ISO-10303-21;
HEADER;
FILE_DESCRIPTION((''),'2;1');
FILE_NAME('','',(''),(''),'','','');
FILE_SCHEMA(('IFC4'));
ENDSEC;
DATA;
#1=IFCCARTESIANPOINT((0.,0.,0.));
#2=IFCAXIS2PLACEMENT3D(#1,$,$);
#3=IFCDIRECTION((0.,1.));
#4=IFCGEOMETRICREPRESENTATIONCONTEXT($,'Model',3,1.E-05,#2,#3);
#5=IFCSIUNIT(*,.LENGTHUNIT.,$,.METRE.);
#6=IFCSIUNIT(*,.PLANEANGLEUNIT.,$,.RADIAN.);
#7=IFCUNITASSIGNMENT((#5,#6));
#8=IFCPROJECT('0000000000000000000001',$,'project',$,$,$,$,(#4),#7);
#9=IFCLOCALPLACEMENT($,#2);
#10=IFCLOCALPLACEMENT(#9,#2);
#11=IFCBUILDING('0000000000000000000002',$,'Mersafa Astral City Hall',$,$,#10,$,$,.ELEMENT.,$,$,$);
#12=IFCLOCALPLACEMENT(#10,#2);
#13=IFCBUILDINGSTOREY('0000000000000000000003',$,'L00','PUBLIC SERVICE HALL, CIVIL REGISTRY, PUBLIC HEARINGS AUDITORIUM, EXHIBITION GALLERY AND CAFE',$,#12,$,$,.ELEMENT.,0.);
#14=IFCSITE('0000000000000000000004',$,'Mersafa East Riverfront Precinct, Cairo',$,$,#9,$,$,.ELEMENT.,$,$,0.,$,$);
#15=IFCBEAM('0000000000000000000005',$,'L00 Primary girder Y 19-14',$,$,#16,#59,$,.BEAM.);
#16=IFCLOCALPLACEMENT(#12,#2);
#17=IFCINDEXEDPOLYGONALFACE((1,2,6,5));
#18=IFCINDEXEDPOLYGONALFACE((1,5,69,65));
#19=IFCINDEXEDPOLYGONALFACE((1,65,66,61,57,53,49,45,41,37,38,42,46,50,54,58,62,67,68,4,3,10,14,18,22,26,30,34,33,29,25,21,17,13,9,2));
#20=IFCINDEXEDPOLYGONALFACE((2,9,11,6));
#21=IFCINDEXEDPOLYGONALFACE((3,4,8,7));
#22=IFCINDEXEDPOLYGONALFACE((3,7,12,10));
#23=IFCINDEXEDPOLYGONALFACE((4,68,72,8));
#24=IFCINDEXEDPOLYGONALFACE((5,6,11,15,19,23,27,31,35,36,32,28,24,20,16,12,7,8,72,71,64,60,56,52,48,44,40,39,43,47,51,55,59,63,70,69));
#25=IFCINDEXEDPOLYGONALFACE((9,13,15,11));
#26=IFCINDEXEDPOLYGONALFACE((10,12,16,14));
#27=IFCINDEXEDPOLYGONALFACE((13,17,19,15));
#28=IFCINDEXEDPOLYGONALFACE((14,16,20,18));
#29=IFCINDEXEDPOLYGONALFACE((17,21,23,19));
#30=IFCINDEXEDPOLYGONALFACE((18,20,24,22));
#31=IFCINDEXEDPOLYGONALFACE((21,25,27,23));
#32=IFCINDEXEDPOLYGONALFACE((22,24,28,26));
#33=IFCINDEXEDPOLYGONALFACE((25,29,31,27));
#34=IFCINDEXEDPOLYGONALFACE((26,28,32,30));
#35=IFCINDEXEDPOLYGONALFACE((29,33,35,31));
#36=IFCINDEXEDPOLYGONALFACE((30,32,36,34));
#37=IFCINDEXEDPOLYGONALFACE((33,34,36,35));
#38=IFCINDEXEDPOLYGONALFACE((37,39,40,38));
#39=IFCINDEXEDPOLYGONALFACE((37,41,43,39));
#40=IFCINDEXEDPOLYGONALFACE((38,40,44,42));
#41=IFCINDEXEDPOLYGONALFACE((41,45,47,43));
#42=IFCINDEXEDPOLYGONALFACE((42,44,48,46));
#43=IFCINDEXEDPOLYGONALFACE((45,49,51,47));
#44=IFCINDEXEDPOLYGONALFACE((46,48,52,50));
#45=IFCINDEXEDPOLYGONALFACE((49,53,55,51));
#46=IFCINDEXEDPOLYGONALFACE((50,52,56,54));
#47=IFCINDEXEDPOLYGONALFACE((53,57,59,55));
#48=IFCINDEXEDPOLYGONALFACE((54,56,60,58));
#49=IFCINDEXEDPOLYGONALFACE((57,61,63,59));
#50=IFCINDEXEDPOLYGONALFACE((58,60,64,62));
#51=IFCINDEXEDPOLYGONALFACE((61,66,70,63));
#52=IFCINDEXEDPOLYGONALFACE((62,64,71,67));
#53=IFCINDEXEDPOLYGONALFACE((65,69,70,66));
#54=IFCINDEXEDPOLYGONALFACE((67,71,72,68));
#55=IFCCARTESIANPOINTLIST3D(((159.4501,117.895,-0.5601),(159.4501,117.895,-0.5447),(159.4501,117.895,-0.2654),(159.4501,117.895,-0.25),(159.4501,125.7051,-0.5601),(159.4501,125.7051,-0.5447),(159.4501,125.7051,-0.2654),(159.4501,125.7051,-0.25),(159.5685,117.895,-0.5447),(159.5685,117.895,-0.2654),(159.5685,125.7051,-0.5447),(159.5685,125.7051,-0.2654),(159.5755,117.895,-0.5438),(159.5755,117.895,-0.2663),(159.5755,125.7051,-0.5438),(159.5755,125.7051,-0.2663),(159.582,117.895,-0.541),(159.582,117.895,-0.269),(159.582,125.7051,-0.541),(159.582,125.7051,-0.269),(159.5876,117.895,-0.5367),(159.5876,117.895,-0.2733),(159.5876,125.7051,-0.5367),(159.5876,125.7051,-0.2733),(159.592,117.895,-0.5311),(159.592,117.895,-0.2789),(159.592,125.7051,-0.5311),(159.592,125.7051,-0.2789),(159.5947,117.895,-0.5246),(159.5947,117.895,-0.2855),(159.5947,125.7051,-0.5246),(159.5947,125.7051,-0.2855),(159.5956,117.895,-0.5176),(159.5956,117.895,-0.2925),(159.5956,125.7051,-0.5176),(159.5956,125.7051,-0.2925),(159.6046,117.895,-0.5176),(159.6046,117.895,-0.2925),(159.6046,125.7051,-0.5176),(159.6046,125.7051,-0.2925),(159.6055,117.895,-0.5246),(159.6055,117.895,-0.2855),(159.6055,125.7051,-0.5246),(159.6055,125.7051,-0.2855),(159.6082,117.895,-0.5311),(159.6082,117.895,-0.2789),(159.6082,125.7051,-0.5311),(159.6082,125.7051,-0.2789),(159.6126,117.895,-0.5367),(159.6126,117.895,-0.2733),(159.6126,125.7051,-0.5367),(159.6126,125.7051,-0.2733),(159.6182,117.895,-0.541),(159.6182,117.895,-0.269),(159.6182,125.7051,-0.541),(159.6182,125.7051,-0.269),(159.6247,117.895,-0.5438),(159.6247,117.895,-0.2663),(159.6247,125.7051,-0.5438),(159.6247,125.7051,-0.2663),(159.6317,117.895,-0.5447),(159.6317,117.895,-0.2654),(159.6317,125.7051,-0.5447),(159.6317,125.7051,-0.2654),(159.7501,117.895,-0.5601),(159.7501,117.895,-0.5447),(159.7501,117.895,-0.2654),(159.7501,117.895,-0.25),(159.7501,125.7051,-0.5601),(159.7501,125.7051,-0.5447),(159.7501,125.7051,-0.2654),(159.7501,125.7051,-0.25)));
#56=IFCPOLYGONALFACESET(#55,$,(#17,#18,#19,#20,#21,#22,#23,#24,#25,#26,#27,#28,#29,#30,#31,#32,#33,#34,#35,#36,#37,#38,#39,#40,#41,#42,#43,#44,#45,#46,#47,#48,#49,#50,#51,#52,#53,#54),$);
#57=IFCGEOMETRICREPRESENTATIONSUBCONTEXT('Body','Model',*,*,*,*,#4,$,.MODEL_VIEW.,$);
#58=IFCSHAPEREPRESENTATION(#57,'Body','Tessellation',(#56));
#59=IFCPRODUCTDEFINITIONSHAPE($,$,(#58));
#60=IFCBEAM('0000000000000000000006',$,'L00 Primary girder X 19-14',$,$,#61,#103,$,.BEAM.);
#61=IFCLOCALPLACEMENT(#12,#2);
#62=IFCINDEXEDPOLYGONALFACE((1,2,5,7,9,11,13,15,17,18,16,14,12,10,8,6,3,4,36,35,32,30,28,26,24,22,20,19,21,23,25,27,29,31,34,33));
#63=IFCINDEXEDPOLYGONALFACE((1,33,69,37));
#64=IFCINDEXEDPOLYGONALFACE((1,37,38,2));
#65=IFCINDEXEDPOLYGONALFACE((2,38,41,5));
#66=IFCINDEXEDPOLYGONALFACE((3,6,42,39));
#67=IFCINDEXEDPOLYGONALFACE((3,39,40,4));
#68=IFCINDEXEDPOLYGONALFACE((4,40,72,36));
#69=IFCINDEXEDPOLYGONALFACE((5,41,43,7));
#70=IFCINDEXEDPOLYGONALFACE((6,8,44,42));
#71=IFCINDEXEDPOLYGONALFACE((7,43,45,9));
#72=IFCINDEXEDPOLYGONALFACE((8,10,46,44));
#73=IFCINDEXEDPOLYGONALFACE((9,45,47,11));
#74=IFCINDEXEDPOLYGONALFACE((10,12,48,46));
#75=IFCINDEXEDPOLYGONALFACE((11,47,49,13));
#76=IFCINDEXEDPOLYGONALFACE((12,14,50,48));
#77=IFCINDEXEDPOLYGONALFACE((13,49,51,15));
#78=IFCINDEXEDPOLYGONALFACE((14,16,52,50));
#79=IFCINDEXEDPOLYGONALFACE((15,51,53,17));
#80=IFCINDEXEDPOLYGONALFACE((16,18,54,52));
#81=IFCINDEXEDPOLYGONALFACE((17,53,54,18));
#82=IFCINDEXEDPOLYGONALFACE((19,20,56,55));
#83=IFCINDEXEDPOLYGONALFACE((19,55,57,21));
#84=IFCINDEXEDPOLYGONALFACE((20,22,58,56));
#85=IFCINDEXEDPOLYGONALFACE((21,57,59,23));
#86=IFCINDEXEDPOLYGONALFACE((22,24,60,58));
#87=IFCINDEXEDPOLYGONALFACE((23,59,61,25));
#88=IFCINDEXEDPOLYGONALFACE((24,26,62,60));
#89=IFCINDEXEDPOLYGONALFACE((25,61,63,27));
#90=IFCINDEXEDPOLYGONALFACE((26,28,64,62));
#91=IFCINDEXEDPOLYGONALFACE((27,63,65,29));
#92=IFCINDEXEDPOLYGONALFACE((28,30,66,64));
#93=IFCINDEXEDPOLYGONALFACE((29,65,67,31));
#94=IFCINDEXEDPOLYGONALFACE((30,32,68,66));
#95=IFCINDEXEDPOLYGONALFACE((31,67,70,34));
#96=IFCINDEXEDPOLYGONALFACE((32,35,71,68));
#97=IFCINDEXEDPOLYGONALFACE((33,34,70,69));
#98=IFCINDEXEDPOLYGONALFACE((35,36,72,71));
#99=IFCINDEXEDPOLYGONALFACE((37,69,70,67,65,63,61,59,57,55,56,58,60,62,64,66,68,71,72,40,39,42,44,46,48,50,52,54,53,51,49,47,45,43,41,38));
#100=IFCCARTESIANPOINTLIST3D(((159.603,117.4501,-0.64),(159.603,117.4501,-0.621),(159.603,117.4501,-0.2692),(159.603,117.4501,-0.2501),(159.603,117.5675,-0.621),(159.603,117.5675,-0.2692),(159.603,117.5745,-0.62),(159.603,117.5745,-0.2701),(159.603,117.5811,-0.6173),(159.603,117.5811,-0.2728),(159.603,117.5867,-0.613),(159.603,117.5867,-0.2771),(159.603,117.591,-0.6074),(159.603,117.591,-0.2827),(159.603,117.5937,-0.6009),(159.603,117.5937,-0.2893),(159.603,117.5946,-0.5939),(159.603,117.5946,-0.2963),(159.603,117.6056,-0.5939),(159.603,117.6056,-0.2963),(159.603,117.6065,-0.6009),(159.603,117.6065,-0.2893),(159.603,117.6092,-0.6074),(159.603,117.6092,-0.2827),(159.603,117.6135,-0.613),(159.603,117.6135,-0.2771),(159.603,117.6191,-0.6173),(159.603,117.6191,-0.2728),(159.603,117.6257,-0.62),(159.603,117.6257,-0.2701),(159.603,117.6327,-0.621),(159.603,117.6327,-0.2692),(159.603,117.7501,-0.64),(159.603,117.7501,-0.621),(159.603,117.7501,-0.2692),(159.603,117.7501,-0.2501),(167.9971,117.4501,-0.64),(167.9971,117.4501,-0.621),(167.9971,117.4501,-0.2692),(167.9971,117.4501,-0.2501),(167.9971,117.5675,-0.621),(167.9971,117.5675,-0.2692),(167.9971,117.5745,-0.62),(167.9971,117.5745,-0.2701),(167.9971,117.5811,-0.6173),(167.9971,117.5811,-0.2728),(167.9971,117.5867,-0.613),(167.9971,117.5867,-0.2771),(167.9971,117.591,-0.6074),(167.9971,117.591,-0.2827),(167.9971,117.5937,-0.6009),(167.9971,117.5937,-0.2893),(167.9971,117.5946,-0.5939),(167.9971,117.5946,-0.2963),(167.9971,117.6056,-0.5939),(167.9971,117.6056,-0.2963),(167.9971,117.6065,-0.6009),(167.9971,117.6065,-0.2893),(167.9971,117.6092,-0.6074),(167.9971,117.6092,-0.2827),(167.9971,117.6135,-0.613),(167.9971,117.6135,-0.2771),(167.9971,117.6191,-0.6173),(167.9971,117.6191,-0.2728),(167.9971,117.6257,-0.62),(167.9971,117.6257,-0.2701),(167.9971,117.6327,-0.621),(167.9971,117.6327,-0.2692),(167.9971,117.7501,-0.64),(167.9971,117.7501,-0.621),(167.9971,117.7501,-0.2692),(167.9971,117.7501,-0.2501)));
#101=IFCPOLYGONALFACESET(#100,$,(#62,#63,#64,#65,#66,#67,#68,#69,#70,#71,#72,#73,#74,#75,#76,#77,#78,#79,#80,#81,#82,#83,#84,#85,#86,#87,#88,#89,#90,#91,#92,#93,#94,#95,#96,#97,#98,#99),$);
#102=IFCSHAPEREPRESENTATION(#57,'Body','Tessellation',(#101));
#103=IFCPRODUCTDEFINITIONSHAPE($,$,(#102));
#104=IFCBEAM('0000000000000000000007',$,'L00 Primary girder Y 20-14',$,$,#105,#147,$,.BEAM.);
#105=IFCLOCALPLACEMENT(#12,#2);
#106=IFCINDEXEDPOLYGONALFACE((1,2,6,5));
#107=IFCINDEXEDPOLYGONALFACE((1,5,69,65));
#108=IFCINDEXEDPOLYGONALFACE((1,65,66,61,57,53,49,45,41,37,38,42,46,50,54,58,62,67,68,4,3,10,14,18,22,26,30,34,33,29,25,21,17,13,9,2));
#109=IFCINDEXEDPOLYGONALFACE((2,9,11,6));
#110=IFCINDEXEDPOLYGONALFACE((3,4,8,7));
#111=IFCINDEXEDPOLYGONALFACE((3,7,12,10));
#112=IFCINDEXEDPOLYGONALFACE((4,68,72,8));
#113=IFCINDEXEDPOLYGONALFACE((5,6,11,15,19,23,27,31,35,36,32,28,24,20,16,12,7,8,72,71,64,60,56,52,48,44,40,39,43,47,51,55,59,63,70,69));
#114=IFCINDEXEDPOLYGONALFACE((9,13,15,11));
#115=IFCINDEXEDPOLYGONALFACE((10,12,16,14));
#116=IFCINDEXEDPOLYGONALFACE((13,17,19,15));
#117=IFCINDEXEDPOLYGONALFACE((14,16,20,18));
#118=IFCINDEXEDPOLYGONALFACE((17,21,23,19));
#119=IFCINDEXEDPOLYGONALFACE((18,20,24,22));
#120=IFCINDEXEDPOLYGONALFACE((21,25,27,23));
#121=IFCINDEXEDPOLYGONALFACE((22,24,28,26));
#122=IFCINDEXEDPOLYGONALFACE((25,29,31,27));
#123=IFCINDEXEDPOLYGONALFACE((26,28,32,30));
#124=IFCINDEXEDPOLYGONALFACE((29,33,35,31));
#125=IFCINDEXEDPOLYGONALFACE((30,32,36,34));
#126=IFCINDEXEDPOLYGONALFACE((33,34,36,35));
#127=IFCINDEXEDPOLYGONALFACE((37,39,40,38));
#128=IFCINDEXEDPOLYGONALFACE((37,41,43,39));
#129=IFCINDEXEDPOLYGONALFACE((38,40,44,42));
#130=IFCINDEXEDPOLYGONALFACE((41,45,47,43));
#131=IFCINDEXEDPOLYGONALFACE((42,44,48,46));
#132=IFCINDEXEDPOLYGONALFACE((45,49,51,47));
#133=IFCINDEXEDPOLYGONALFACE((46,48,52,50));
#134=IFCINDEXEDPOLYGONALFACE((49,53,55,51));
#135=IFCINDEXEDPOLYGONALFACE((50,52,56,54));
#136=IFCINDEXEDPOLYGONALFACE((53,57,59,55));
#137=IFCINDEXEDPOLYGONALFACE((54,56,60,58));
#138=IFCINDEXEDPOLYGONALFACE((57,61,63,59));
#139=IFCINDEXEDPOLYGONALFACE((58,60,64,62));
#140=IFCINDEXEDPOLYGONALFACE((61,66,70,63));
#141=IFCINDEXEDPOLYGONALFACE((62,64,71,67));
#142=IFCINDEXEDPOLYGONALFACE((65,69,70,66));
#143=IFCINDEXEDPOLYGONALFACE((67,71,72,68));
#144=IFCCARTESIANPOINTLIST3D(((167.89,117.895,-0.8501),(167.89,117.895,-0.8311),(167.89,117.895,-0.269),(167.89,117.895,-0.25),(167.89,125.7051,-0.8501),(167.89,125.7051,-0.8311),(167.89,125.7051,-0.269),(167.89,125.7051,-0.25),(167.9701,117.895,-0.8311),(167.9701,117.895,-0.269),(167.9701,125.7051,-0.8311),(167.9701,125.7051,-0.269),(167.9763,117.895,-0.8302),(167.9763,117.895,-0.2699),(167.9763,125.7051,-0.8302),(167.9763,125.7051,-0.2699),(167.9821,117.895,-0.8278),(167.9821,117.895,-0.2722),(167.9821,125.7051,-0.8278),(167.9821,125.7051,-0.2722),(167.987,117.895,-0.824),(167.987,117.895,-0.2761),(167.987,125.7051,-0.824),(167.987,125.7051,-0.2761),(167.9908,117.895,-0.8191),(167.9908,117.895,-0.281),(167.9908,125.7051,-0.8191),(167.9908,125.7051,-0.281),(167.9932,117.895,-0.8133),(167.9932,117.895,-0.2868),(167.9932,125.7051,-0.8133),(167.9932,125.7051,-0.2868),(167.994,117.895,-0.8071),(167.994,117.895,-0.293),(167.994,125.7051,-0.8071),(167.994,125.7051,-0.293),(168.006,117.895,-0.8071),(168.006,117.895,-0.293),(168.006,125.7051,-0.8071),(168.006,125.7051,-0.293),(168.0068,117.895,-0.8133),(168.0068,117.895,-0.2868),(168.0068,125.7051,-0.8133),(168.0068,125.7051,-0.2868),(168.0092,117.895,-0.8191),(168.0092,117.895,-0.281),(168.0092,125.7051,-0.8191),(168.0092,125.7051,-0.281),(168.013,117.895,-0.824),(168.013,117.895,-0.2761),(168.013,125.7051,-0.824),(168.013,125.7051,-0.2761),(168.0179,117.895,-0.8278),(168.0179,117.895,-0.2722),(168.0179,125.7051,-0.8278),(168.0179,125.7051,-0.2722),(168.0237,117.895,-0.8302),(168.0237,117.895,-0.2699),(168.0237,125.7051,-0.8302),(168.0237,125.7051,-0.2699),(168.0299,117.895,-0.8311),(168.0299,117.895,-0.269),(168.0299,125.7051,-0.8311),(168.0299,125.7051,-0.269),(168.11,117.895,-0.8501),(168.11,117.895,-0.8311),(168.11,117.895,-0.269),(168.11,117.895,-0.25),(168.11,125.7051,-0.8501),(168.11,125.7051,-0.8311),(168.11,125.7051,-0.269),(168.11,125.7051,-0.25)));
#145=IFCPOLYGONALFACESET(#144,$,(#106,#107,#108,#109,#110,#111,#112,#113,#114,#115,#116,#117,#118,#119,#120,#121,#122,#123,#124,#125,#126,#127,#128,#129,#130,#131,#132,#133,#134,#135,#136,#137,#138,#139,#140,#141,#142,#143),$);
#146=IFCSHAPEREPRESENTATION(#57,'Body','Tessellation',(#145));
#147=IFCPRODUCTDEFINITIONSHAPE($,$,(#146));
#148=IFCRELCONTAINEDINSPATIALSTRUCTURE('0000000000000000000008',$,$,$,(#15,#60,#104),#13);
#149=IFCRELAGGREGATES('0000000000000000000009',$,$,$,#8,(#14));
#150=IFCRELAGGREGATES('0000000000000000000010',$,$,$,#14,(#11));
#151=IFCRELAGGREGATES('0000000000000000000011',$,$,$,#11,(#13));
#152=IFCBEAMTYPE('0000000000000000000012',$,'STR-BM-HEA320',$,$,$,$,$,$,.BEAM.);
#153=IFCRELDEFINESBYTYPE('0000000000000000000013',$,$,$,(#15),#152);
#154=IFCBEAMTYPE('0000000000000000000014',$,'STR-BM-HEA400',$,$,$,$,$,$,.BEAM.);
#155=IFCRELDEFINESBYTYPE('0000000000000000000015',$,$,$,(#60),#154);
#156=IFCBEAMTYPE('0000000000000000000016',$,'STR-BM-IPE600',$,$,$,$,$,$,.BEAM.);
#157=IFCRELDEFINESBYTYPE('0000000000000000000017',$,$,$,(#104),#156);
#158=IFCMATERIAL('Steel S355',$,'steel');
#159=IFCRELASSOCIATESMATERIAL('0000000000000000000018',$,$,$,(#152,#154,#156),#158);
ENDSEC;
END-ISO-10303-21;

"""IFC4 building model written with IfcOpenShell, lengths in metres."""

from ifc_helpers import new_model, si_unit, direction, frame, origin, origin_2d, place, context, subcontext, project, spatial, i_section, extrude, material, material_profile, profile_set, type_object, element, save


model = new_model("IFC4")

# Units and contexts
model_context = context("Model", 3, precision=1e-05, world=origin(), true_north=direction((0.0, 1.0)))
body_context = subcontext(model_context, "Body", "Model", "MODEL_VIEW")
ifc_project = project(units=[si_unit("LENGTHUNIT", "METRE"), si_unit("PLANEANGLEUNIT", "RADIAN")], contexts=[model_context])

# Site, building, storey
site_placement = place(None, origin())
site = spatial("IfcSite", under=ifc_project, at=site_placement, Name="Mersafa East Riverfront Precinct, Cairo", CompositionType="ELEMENT", RefElevation=0.0)
building_placement = place(site_placement, origin())
building = spatial("IfcBuilding", under=site, at=building_placement, Name="Mersafa Astral City Hall", CompositionType="ELEMENT")
storey_placement = place(building_placement, origin())
storey = spatial("IfcBuildingStorey", under=building, at=storey_placement, Name="L00", Description="PUBLIC SERVICE HALL, CIVIL REGISTRY, PUBLIC HEARINGS AUDITORIUM, EXHIBITION GALLERY AND CAFE", CompositionType="ELEMENT", Elevation=0.0)

# Shared definitions
ifc_material_1 = material(Name="Steel S355", Category="steel")

# Beams
ifc_material_profile_1 = material_profile(ifc_material_1, i_section(OverallWidth=0.3, OverallDepth=0.3101, WebThickness=0.009, FlangeThickness=0.0154, FilletRadius=0.0271, at=origin_2d()), Name="HEA 320")
ifc_profile_set_1 = profile_set([ifc_material_profile_1], Name="Steel S355")
beam_type_1 = type_object("IfcBeamType", Name="STR-BM-HEA320", PredefinedType="BEAM", material=ifc_profile_set_1)
beam_1_placement = place(storey_placement, frame((159.6001, 117.895, -0.405), z_axis=(0.0, 1.0, 0.0), x_axis=(-1.0, 0.0, 0.0)))
element("IfcBeam", 1, at=beam_1_placement, inside=storey, type_object=beam_type_1, Name="L00 Primary girder Y 19-14", PredefinedType="BEAM", context=body_context, shape_type="SweptSolid", body=[
    extrude(i_section(OverallWidth=0.3, OverallDepth=0.3101, WebThickness=0.009, FlangeThickness=0.0154, FilletRadius=0.0271, at=origin_2d()), origin(), (0.0, 0.0, 1.0), 7.8101),
])
ifc_material_profile_2 = material_profile(ifc_material_1, i_section(OverallWidth=0.3, OverallDepth=0.3899, WebThickness=0.011, FlangeThickness=0.019, FilletRadius=0.0271, at=origin_2d()), Name="HEA 400")
ifc_profile_set_2 = profile_set([ifc_material_profile_2], Name="Steel S355")
beam_type_2 = type_object("IfcBeamType", Name="STR-BM-HEA400", PredefinedType="BEAM", material=ifc_profile_set_2)
beam_2_placement = place(storey_placement, frame((159.603, 117.6001, -0.4451), z_axis=(1.0, 0.0, 0.0), x_axis=(0.0, 1.0, 0.0)))
element("IfcBeam", 2, at=beam_2_placement, inside=storey, type_object=beam_type_2, Name="L00 Primary girder X 19-14", PredefinedType="BEAM", context=body_context, shape_type="SweptSolid", body=[
    extrude(i_section(OverallWidth=0.3, OverallDepth=0.3899, WebThickness=0.011, FlangeThickness=0.019, FilletRadius=0.0271, at=origin_2d()), origin(), (0.0, 0.0, 1.0), 8.394),
])
ifc_material_profile_3 = material_profile(ifc_material_1, i_section(OverallWidth=0.22, OverallDepth=0.6001, WebThickness=0.012, FlangeThickness=0.019, FilletRadius=0.0239, at=origin_2d()), Name="IPE 600")
ifc_profile_set_3 = profile_set([ifc_material_profile_3], Name="Steel S355")
beam_type_3 = type_object("IfcBeamType", Name="STR-BM-IPE600", PredefinedType="BEAM", material=ifc_profile_set_3)
beam_3_placement = place(storey_placement, frame((168.0, 117.895, -0.55), z_axis=(0.0, 1.0, 0.0), x_axis=(-1.0, 0.0, 0.0)))
element("IfcBeam", 3, at=beam_3_placement, inside=storey, type_object=beam_type_3, Name="L00 Primary girder Y 20-14", PredefinedType="BEAM", context=body_context, shape_type="SweptSolid", body=[
    extrude(i_section(OverallWidth=0.22, OverallDepth=0.6001, WebThickness=0.012, FlangeThickness=0.019, FilletRadius=0.0239, at=origin_2d()), origin(), (0.0, 0.0, 1.0), 7.8101),
])

save(model, "model.ifc")
